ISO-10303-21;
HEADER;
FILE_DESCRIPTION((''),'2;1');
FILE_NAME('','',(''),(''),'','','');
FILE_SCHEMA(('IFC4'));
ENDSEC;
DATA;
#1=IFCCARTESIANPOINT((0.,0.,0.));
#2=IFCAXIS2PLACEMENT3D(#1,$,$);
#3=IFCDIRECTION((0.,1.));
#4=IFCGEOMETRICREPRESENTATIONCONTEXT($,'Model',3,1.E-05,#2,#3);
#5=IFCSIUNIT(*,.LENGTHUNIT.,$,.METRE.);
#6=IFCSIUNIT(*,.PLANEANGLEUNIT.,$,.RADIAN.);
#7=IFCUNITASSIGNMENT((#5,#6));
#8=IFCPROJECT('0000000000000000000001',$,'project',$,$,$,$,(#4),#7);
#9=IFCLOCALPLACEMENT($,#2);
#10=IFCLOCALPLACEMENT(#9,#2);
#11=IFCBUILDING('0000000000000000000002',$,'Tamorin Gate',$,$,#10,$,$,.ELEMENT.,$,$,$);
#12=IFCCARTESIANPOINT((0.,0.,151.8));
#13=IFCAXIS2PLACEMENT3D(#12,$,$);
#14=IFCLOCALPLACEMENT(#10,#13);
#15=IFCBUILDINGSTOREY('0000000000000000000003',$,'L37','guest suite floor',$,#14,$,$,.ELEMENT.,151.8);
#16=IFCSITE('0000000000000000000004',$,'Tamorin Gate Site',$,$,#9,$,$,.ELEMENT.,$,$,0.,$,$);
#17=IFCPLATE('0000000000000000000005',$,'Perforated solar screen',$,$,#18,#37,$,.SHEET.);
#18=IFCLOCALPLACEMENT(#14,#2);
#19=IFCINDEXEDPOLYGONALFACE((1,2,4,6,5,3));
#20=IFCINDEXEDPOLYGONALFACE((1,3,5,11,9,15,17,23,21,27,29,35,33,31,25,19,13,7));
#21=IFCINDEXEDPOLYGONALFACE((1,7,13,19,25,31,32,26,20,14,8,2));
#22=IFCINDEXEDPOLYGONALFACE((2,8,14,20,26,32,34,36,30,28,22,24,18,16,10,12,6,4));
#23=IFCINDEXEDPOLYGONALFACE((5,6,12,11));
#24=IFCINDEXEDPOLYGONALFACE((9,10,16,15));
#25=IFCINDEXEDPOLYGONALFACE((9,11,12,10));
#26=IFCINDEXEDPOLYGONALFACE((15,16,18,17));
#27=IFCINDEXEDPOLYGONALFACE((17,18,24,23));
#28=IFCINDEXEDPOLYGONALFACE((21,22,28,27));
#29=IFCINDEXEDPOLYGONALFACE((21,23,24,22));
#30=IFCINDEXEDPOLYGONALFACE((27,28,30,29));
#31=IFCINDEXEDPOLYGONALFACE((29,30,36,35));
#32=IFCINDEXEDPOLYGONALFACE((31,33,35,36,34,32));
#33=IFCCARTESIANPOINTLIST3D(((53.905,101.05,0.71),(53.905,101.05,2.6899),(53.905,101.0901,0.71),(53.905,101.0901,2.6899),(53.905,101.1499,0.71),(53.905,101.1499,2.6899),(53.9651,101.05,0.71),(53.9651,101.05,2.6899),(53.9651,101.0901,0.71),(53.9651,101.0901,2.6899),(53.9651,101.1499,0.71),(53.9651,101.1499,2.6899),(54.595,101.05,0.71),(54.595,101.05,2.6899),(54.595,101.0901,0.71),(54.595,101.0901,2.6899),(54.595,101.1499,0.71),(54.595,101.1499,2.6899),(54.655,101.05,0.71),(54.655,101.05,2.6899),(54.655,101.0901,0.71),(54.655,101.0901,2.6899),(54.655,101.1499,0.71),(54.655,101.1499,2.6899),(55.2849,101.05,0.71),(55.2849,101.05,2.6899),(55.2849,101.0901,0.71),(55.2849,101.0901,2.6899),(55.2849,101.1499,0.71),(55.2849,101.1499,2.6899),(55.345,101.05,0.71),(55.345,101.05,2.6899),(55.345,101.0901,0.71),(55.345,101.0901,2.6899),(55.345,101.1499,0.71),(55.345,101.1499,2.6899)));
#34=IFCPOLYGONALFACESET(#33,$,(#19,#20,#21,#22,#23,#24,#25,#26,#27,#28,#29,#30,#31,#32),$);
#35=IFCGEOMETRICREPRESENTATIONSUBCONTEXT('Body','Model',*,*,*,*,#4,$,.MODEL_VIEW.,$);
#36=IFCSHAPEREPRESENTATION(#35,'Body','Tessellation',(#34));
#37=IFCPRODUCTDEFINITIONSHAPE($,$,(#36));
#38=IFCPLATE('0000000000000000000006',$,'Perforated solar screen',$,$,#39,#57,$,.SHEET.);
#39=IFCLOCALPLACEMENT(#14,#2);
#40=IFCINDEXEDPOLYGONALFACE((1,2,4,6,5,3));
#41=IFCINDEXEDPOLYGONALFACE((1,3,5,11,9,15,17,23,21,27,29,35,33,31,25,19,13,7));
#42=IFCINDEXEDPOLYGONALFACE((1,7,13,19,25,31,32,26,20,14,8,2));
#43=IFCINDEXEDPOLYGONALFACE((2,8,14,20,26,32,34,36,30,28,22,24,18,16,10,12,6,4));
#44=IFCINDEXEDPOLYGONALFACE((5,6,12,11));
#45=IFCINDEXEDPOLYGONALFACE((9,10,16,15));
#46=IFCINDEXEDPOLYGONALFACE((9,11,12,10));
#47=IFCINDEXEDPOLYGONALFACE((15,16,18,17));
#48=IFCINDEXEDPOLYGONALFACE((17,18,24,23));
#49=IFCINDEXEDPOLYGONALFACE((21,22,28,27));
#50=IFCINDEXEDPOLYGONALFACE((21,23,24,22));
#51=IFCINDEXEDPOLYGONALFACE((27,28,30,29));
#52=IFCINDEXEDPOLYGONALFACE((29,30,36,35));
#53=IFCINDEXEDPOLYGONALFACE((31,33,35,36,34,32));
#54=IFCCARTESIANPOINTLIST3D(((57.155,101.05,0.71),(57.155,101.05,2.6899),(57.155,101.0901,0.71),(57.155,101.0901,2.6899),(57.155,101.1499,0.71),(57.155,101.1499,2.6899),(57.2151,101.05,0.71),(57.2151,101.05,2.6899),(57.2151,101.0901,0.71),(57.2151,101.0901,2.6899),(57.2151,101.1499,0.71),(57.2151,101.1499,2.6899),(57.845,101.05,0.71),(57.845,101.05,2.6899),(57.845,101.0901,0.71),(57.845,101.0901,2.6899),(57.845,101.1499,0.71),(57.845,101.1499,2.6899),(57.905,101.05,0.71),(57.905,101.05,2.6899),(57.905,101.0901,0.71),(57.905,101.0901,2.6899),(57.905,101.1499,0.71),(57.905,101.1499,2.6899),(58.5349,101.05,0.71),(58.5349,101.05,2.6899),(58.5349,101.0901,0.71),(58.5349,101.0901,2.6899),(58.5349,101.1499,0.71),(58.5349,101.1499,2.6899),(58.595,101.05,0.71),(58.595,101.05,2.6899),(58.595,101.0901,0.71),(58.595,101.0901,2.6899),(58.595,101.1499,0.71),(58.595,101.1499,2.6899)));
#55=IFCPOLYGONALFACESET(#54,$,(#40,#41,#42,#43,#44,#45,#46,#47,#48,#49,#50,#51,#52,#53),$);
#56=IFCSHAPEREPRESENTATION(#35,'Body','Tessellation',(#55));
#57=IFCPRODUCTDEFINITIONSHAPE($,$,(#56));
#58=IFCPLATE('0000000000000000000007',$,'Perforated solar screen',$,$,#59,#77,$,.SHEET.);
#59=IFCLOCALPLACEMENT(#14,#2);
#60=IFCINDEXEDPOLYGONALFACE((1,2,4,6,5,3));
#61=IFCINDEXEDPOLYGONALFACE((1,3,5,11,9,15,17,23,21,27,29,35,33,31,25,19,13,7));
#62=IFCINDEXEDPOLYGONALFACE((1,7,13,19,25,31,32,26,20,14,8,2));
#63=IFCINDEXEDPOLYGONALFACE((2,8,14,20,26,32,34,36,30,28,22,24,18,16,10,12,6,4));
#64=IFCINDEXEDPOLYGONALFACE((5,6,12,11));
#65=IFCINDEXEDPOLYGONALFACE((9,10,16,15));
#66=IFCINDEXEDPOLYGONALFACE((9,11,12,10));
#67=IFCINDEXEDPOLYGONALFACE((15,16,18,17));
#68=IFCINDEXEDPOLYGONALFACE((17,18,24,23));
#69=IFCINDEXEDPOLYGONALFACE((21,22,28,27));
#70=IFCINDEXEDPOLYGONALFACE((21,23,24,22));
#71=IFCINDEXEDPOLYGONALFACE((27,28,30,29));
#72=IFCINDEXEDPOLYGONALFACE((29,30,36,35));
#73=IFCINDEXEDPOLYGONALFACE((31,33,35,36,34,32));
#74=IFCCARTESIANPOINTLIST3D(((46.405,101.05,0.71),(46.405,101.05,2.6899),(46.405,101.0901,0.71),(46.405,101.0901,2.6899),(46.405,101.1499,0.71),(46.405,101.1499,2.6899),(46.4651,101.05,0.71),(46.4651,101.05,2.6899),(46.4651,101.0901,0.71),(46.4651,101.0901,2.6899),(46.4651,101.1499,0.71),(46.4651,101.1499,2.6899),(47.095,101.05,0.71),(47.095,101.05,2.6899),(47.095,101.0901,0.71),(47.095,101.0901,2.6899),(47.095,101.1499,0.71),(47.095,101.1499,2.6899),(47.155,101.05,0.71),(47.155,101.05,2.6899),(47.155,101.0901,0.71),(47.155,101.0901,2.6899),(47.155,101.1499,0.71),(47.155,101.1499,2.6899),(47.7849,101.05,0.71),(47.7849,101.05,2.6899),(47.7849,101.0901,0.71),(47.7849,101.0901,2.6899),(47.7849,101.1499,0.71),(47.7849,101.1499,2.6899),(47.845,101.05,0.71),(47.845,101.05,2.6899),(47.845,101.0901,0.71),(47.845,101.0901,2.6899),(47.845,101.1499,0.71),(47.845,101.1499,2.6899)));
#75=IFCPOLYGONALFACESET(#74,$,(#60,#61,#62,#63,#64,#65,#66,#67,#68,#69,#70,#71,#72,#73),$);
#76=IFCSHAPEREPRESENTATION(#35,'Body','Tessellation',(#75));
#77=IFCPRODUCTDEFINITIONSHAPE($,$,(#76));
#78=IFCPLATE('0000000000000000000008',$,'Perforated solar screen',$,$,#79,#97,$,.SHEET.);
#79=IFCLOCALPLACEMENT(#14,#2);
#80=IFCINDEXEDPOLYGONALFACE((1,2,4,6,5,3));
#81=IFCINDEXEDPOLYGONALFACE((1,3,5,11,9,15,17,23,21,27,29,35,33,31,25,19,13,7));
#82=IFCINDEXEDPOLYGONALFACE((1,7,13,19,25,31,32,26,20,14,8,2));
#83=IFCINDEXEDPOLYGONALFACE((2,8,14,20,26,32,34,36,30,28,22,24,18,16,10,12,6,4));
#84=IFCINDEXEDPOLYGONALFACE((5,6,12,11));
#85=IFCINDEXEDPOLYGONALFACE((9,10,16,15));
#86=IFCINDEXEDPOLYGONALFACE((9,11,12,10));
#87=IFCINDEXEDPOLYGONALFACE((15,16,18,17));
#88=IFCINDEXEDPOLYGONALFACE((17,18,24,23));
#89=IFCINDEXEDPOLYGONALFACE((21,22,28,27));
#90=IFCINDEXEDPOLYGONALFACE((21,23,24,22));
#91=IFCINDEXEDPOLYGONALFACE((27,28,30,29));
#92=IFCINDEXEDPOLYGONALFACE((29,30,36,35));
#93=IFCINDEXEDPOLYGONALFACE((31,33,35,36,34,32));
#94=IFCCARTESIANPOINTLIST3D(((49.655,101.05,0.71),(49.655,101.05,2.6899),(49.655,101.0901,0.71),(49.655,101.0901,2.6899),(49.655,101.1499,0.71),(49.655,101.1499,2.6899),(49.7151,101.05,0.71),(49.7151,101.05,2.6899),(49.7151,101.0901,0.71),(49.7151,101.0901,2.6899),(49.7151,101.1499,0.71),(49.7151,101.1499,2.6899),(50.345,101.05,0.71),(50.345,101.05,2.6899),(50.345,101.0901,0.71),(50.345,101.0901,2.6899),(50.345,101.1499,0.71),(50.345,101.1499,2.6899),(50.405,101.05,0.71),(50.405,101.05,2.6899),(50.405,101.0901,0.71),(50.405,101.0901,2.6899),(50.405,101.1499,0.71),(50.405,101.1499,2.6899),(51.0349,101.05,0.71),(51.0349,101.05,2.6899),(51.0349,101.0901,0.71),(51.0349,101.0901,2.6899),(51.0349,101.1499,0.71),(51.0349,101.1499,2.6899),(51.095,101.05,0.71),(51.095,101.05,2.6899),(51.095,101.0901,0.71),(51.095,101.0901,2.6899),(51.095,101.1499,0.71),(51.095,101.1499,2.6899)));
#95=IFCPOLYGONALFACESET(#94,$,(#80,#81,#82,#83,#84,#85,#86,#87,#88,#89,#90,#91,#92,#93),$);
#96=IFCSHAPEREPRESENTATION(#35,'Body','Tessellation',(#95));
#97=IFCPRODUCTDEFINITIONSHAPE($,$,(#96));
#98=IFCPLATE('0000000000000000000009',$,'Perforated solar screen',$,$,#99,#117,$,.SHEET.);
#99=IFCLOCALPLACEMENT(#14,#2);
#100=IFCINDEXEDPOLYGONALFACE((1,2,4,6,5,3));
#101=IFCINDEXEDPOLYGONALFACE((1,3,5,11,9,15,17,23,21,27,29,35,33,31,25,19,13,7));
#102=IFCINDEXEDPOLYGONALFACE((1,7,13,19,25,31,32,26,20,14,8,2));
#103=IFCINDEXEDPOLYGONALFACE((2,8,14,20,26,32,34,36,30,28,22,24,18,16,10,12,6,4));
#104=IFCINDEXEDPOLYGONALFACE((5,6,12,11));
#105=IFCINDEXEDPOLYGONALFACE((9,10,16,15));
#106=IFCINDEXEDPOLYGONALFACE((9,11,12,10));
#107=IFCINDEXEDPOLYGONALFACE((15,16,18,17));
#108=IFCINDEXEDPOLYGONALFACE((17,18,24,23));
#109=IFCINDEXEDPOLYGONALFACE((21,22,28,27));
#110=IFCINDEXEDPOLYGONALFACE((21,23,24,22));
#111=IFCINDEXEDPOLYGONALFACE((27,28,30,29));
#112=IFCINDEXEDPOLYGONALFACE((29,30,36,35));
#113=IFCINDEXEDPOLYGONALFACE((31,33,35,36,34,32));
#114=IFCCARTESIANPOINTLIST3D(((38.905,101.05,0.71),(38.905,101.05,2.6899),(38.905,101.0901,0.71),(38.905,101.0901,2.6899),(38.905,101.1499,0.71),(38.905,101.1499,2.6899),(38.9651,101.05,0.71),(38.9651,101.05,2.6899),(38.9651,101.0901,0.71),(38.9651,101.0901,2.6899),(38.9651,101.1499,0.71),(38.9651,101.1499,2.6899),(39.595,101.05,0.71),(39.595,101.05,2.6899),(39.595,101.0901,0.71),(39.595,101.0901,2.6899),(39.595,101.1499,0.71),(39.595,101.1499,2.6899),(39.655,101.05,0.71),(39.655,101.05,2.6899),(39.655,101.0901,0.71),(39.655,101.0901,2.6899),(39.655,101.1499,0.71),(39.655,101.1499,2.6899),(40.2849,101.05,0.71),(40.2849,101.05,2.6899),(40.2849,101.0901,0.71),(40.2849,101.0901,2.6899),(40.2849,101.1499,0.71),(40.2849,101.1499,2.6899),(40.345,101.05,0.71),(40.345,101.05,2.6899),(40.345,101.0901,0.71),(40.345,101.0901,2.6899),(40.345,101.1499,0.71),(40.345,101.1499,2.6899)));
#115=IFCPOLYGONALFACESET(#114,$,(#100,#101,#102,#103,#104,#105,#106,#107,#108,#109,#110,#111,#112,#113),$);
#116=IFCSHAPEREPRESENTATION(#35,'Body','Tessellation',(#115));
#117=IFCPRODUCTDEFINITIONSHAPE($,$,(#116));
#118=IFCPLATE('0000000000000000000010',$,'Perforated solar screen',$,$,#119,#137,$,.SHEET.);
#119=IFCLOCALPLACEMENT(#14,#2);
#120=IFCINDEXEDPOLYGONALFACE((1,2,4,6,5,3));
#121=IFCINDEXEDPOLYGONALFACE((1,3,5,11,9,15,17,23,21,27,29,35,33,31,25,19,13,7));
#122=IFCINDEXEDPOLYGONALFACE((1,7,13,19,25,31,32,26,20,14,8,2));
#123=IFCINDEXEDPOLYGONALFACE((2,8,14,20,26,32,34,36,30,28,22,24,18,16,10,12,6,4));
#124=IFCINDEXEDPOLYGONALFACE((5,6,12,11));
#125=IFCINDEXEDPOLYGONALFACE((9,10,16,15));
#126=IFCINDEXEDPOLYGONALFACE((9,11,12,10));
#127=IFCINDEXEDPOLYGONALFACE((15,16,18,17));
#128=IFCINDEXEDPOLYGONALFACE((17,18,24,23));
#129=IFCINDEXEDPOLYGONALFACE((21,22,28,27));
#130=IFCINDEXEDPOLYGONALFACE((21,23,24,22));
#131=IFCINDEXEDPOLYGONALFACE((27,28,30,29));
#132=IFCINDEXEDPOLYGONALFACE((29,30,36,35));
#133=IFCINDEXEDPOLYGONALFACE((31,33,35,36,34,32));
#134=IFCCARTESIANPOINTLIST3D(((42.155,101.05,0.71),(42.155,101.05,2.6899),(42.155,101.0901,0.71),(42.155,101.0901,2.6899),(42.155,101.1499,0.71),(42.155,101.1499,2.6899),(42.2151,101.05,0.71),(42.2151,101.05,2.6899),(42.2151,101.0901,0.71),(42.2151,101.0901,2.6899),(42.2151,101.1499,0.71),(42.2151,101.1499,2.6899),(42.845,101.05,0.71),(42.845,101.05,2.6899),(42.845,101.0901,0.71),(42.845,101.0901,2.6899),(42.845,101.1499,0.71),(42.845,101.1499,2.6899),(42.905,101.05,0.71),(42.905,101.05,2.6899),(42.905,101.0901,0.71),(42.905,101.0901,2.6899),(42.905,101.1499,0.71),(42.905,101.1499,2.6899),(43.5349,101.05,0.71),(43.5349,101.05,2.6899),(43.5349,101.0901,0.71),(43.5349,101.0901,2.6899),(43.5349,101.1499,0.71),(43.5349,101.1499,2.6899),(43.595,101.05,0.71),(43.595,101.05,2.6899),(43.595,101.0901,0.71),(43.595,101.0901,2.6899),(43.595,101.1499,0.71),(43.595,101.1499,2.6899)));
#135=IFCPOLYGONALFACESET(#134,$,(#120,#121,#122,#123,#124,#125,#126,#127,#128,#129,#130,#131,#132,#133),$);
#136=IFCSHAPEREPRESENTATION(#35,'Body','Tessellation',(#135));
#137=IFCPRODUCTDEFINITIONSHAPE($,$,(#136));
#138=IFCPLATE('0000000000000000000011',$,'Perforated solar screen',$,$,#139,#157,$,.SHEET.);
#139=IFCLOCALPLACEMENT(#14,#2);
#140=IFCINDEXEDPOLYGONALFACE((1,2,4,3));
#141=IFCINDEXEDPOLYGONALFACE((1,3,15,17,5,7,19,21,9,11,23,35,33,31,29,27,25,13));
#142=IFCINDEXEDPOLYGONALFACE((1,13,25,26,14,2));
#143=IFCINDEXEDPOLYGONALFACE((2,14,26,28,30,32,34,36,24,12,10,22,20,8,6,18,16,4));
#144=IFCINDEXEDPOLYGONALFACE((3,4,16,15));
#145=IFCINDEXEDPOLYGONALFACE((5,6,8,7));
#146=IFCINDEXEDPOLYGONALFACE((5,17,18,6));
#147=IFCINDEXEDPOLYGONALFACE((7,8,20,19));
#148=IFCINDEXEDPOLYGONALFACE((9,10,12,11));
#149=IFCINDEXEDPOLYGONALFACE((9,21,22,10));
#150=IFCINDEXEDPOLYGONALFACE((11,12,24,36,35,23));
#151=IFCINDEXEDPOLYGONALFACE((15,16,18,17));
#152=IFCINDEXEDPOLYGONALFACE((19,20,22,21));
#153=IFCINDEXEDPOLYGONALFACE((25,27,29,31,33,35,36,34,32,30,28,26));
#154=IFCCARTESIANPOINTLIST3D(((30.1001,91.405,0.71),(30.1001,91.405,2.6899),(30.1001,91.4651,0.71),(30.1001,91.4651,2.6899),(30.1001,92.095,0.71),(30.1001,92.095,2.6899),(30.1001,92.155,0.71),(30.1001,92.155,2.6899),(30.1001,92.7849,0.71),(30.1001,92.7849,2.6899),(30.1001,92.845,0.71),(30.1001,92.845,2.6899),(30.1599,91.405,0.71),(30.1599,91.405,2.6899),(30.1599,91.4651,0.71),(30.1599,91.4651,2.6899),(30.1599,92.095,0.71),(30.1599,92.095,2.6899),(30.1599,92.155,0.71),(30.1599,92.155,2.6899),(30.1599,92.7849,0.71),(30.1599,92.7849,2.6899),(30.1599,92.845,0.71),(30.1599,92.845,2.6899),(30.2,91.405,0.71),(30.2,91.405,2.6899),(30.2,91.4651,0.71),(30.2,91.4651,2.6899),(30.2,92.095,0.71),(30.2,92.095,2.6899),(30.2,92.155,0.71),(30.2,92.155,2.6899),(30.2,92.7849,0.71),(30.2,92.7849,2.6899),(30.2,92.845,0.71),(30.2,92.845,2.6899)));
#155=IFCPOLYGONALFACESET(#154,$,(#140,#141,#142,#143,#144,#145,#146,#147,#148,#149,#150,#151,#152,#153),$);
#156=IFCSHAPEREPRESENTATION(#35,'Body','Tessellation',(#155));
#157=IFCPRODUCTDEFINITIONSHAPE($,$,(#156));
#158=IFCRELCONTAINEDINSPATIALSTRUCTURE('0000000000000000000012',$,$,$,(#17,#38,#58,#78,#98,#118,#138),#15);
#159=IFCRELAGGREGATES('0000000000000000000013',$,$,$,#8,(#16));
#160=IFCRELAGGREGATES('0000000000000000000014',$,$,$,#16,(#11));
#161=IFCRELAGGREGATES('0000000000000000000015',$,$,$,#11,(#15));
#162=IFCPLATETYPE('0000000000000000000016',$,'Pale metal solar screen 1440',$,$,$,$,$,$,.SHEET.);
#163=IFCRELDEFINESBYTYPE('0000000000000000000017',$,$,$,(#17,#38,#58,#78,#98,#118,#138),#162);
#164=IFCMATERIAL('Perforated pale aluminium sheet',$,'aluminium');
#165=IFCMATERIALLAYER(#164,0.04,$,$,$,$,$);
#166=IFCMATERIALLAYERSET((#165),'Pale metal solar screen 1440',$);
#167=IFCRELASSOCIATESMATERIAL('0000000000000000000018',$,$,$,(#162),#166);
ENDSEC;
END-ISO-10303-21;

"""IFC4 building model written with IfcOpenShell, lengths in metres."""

from ifc_helpers import new_model, si_unit, direction, frame, origin, place, context, subcontext, project, spatial, polyline, outline, extrude, material, layer, layer_set, type_object, element, save


model = new_model("IFC4")

# Units and contexts
model_context = context("Model", 3, precision=1e-05, world=origin(), true_north=direction((0.0, 1.0)))
body_context = subcontext(model_context, "Body", "Model", "MODEL_VIEW")
ifc_project = project(units=[si_unit("LENGTHUNIT", "METRE"), si_unit("PLANEANGLEUNIT", "RADIAN")], contexts=[model_context])

# Site, building, storey
site_placement = place(None, origin())
site = spatial("IfcSite", under=ifc_project, at=site_placement, Name="Tamorin Gate Site", CompositionType="ELEMENT", RefElevation=0.0)
building_placement = place(site_placement, origin())
building = spatial("IfcBuilding", under=site, at=building_placement, Name="Tamorin Gate", CompositionType="ELEMENT")
storey_placement = place(building_placement, frame((0.0, 0.0, 151.8)))
storey = spatial("IfcBuildingStorey", under=building, at=storey_placement, Name="L37", Description="guest suite floor", CompositionType="ELEMENT", Elevation=151.8)

# Plates
ifc_material = material(Name="Perforated pale aluminium sheet", Category="aluminium")
ifc_layer_1 = layer(ifc_material, 0.04)
ifc_layer_set_1 = layer_set([ifc_layer_1], Name="Pale metal solar screen 1440")
plate_type_1 = type_object("IfcPlateType", Name="Pale metal solar screen 1440", PredefinedType="SHEET", material=ifc_layer_set_1)
plate_1_placement = place(storey_placement, frame((0.0, 0.0, 0.71)))
element("IfcPlate", 1, at=plate_1_placement, inside=storey, type_object=plate_type_1, Name="Perforated solar screen", PredefinedType="SHEET", context=body_context, shape_type="SweptSolid", body=[
    extrude(outline(polyline([(55.345, 101.0901), (55.345, 101.05), (55.2849, 101.05), (54.655, 101.05), (54.595, 101.05), (53.9651, 101.05), (53.905, 101.05), (53.905, 101.0901), (53.905, 101.1499), (53.9651, 101.1499), (53.9651, 101.0901), (54.595, 101.0901), (54.595, 101.1499), (54.655, 101.1499), (54.655, 101.0901), (55.2849, 101.0901), (55.2849, 101.1499), (55.345, 101.1499), (55.345, 101.0901)])), origin(), (0.0, 0.0, 1.0), 1.98),
])
plate_2_placement = place(storey_placement, frame((0.0, 0.0, 0.71)))
element("IfcPlate", 2, at=plate_2_placement, inside=storey, type_object=plate_type_1, Name="Perforated solar screen", PredefinedType="SHEET", context=body_context, shape_type="SweptSolid", body=[
    extrude(outline(polyline([(58.595, 101.0901), (58.595, 101.05), (58.5349, 101.05), (57.905, 101.05), (57.845, 101.05), (57.2151, 101.05), (57.155, 101.05), (57.155, 101.0901), (57.155, 101.1499), (57.2151, 101.1499), (57.2151, 101.0901), (57.845, 101.0901), (57.845, 101.1499), (57.905, 101.1499), (57.905, 101.0901), (58.5349, 101.0901), (58.5349, 101.1499), (58.595, 101.1499), (58.595, 101.0901)])), origin(), (0.0, 0.0, 1.0), 1.98),
])
plate_3_placement = place(storey_placement, frame((0.0, 0.0, 0.71)))
element("IfcPlate", 3, at=plate_3_placement, inside=storey, type_object=plate_type_1, Name="Perforated solar screen", PredefinedType="SHEET", context=body_context, shape_type="SweptSolid", body=[
    extrude(outline(polyline([(47.845, 101.0901), (47.845, 101.05), (47.7849, 101.05), (47.155, 101.05), (47.095, 101.05), (46.4651, 101.05), (46.405, 101.05), (46.405, 101.0901), (46.405, 101.1499), (46.4651, 101.1499), (46.4651, 101.0901), (47.095, 101.0901), (47.095, 101.1499), (47.155, 101.1499), (47.155, 101.0901), (47.7849, 101.0901), (47.7849, 101.1499), (47.845, 101.1499), (47.845, 101.0901)])), origin(), (0.0, 0.0, 1.0), 1.98),
])
plate_4_placement = place(storey_placement, frame((0.0, 0.0, 0.71)))
element("IfcPlate", 4, at=plate_4_placement, inside=storey, type_object=plate_type_1, Name="Perforated solar screen", PredefinedType="SHEET", context=body_context, shape_type="SweptSolid", body=[
    extrude(outline(polyline([(51.095, 101.0901), (51.095, 101.05), (51.0349, 101.05), (50.405, 101.05), (50.345, 101.05), (49.7151, 101.05), (49.655, 101.05), (49.655, 101.0901), (49.655, 101.1499), (49.7151, 101.1499), (49.7151, 101.0901), (50.345, 101.0901), (50.345, 101.1499), (50.405, 101.1499), (50.405, 101.0901), (51.0349, 101.0901), (51.0349, 101.1499), (51.095, 101.1499), (51.095, 101.0901)])), origin(), (0.0, 0.0, 1.0), 1.98),
])
plate_5_placement = place(storey_placement, frame((0.0, 0.0, 0.71)))
element("IfcPlate", 5, at=plate_5_placement, inside=storey, type_object=plate_type_1, Name="Perforated solar screen", PredefinedType="SHEET", context=body_context, shape_type="SweptSolid", body=[
    extrude(outline(polyline([(40.345, 101.0901), (40.345, 101.05), (40.2849, 101.05), (39.655, 101.05), (39.595, 101.05), (38.9651, 101.05), (38.905, 101.05), (38.905, 101.0901), (38.905, 101.1499), (38.9651, 101.1499), (38.9651, 101.0901), (39.595, 101.0901), (39.595, 101.1499), (39.655, 101.1499), (39.655, 101.0901), (40.2849, 101.0901), (40.2849, 101.1499), (40.345, 101.1499), (40.345, 101.0901)])), origin(), (0.0, 0.0, 1.0), 1.98),
])
plate_6_placement = place(storey_placement, frame((0.0, 0.0, 0.71)))
element("IfcPlate", 6, at=plate_6_placement, inside=storey, type_object=plate_type_1, Name="Perforated solar screen", PredefinedType="SHEET", context=body_context, shape_type="SweptSolid", body=[
    extrude(outline(polyline([(43.595, 101.0901), (43.595, 101.05), (43.5349, 101.05), (42.905, 101.05), (42.845, 101.05), (42.2151, 101.05), (42.155, 101.05), (42.155, 101.0901), (42.155, 101.1499), (42.2151, 101.1499), (42.2151, 101.0901), (42.845, 101.0901), (42.845, 101.1499), (42.905, 101.1499), (42.905, 101.0901), (43.5349, 101.0901), (43.5349, 101.1499), (43.595, 101.1499), (43.595, 101.0901)])), origin(), (0.0, 0.0, 1.0), 1.98),
])
plate_7_placement = place(storey_placement, frame((0.0, 0.0, 0.71)))
element("IfcPlate", 7, at=plate_7_placement, inside=storey, type_object=plate_type_1, Name="Perforated solar screen", PredefinedType="SHEET", context=body_context, shape_type="SweptSolid", body=[
    extrude(outline(polyline([(30.1599, 92.845), (30.2, 92.845), (30.2, 92.7849), (30.2, 92.155), (30.2, 92.095), (30.2, 91.4651), (30.2, 91.405), (30.2, 91.405), (30.1599, 91.405), (30.1599, 91.405), (30.1001, 91.405), (30.1001, 91.4651), (30.1599, 91.4651), (30.1599, 92.095), (30.1001, 92.095), (30.1001, 92.155), (30.1599, 92.155), (30.1599, 92.7849), (30.1001, 92.7849), (30.1001, 92.845), (30.1599, 92.845)])), origin(), (0.0, 0.0, 1.0), 1.98),
])

save(model, "model.ifc")
